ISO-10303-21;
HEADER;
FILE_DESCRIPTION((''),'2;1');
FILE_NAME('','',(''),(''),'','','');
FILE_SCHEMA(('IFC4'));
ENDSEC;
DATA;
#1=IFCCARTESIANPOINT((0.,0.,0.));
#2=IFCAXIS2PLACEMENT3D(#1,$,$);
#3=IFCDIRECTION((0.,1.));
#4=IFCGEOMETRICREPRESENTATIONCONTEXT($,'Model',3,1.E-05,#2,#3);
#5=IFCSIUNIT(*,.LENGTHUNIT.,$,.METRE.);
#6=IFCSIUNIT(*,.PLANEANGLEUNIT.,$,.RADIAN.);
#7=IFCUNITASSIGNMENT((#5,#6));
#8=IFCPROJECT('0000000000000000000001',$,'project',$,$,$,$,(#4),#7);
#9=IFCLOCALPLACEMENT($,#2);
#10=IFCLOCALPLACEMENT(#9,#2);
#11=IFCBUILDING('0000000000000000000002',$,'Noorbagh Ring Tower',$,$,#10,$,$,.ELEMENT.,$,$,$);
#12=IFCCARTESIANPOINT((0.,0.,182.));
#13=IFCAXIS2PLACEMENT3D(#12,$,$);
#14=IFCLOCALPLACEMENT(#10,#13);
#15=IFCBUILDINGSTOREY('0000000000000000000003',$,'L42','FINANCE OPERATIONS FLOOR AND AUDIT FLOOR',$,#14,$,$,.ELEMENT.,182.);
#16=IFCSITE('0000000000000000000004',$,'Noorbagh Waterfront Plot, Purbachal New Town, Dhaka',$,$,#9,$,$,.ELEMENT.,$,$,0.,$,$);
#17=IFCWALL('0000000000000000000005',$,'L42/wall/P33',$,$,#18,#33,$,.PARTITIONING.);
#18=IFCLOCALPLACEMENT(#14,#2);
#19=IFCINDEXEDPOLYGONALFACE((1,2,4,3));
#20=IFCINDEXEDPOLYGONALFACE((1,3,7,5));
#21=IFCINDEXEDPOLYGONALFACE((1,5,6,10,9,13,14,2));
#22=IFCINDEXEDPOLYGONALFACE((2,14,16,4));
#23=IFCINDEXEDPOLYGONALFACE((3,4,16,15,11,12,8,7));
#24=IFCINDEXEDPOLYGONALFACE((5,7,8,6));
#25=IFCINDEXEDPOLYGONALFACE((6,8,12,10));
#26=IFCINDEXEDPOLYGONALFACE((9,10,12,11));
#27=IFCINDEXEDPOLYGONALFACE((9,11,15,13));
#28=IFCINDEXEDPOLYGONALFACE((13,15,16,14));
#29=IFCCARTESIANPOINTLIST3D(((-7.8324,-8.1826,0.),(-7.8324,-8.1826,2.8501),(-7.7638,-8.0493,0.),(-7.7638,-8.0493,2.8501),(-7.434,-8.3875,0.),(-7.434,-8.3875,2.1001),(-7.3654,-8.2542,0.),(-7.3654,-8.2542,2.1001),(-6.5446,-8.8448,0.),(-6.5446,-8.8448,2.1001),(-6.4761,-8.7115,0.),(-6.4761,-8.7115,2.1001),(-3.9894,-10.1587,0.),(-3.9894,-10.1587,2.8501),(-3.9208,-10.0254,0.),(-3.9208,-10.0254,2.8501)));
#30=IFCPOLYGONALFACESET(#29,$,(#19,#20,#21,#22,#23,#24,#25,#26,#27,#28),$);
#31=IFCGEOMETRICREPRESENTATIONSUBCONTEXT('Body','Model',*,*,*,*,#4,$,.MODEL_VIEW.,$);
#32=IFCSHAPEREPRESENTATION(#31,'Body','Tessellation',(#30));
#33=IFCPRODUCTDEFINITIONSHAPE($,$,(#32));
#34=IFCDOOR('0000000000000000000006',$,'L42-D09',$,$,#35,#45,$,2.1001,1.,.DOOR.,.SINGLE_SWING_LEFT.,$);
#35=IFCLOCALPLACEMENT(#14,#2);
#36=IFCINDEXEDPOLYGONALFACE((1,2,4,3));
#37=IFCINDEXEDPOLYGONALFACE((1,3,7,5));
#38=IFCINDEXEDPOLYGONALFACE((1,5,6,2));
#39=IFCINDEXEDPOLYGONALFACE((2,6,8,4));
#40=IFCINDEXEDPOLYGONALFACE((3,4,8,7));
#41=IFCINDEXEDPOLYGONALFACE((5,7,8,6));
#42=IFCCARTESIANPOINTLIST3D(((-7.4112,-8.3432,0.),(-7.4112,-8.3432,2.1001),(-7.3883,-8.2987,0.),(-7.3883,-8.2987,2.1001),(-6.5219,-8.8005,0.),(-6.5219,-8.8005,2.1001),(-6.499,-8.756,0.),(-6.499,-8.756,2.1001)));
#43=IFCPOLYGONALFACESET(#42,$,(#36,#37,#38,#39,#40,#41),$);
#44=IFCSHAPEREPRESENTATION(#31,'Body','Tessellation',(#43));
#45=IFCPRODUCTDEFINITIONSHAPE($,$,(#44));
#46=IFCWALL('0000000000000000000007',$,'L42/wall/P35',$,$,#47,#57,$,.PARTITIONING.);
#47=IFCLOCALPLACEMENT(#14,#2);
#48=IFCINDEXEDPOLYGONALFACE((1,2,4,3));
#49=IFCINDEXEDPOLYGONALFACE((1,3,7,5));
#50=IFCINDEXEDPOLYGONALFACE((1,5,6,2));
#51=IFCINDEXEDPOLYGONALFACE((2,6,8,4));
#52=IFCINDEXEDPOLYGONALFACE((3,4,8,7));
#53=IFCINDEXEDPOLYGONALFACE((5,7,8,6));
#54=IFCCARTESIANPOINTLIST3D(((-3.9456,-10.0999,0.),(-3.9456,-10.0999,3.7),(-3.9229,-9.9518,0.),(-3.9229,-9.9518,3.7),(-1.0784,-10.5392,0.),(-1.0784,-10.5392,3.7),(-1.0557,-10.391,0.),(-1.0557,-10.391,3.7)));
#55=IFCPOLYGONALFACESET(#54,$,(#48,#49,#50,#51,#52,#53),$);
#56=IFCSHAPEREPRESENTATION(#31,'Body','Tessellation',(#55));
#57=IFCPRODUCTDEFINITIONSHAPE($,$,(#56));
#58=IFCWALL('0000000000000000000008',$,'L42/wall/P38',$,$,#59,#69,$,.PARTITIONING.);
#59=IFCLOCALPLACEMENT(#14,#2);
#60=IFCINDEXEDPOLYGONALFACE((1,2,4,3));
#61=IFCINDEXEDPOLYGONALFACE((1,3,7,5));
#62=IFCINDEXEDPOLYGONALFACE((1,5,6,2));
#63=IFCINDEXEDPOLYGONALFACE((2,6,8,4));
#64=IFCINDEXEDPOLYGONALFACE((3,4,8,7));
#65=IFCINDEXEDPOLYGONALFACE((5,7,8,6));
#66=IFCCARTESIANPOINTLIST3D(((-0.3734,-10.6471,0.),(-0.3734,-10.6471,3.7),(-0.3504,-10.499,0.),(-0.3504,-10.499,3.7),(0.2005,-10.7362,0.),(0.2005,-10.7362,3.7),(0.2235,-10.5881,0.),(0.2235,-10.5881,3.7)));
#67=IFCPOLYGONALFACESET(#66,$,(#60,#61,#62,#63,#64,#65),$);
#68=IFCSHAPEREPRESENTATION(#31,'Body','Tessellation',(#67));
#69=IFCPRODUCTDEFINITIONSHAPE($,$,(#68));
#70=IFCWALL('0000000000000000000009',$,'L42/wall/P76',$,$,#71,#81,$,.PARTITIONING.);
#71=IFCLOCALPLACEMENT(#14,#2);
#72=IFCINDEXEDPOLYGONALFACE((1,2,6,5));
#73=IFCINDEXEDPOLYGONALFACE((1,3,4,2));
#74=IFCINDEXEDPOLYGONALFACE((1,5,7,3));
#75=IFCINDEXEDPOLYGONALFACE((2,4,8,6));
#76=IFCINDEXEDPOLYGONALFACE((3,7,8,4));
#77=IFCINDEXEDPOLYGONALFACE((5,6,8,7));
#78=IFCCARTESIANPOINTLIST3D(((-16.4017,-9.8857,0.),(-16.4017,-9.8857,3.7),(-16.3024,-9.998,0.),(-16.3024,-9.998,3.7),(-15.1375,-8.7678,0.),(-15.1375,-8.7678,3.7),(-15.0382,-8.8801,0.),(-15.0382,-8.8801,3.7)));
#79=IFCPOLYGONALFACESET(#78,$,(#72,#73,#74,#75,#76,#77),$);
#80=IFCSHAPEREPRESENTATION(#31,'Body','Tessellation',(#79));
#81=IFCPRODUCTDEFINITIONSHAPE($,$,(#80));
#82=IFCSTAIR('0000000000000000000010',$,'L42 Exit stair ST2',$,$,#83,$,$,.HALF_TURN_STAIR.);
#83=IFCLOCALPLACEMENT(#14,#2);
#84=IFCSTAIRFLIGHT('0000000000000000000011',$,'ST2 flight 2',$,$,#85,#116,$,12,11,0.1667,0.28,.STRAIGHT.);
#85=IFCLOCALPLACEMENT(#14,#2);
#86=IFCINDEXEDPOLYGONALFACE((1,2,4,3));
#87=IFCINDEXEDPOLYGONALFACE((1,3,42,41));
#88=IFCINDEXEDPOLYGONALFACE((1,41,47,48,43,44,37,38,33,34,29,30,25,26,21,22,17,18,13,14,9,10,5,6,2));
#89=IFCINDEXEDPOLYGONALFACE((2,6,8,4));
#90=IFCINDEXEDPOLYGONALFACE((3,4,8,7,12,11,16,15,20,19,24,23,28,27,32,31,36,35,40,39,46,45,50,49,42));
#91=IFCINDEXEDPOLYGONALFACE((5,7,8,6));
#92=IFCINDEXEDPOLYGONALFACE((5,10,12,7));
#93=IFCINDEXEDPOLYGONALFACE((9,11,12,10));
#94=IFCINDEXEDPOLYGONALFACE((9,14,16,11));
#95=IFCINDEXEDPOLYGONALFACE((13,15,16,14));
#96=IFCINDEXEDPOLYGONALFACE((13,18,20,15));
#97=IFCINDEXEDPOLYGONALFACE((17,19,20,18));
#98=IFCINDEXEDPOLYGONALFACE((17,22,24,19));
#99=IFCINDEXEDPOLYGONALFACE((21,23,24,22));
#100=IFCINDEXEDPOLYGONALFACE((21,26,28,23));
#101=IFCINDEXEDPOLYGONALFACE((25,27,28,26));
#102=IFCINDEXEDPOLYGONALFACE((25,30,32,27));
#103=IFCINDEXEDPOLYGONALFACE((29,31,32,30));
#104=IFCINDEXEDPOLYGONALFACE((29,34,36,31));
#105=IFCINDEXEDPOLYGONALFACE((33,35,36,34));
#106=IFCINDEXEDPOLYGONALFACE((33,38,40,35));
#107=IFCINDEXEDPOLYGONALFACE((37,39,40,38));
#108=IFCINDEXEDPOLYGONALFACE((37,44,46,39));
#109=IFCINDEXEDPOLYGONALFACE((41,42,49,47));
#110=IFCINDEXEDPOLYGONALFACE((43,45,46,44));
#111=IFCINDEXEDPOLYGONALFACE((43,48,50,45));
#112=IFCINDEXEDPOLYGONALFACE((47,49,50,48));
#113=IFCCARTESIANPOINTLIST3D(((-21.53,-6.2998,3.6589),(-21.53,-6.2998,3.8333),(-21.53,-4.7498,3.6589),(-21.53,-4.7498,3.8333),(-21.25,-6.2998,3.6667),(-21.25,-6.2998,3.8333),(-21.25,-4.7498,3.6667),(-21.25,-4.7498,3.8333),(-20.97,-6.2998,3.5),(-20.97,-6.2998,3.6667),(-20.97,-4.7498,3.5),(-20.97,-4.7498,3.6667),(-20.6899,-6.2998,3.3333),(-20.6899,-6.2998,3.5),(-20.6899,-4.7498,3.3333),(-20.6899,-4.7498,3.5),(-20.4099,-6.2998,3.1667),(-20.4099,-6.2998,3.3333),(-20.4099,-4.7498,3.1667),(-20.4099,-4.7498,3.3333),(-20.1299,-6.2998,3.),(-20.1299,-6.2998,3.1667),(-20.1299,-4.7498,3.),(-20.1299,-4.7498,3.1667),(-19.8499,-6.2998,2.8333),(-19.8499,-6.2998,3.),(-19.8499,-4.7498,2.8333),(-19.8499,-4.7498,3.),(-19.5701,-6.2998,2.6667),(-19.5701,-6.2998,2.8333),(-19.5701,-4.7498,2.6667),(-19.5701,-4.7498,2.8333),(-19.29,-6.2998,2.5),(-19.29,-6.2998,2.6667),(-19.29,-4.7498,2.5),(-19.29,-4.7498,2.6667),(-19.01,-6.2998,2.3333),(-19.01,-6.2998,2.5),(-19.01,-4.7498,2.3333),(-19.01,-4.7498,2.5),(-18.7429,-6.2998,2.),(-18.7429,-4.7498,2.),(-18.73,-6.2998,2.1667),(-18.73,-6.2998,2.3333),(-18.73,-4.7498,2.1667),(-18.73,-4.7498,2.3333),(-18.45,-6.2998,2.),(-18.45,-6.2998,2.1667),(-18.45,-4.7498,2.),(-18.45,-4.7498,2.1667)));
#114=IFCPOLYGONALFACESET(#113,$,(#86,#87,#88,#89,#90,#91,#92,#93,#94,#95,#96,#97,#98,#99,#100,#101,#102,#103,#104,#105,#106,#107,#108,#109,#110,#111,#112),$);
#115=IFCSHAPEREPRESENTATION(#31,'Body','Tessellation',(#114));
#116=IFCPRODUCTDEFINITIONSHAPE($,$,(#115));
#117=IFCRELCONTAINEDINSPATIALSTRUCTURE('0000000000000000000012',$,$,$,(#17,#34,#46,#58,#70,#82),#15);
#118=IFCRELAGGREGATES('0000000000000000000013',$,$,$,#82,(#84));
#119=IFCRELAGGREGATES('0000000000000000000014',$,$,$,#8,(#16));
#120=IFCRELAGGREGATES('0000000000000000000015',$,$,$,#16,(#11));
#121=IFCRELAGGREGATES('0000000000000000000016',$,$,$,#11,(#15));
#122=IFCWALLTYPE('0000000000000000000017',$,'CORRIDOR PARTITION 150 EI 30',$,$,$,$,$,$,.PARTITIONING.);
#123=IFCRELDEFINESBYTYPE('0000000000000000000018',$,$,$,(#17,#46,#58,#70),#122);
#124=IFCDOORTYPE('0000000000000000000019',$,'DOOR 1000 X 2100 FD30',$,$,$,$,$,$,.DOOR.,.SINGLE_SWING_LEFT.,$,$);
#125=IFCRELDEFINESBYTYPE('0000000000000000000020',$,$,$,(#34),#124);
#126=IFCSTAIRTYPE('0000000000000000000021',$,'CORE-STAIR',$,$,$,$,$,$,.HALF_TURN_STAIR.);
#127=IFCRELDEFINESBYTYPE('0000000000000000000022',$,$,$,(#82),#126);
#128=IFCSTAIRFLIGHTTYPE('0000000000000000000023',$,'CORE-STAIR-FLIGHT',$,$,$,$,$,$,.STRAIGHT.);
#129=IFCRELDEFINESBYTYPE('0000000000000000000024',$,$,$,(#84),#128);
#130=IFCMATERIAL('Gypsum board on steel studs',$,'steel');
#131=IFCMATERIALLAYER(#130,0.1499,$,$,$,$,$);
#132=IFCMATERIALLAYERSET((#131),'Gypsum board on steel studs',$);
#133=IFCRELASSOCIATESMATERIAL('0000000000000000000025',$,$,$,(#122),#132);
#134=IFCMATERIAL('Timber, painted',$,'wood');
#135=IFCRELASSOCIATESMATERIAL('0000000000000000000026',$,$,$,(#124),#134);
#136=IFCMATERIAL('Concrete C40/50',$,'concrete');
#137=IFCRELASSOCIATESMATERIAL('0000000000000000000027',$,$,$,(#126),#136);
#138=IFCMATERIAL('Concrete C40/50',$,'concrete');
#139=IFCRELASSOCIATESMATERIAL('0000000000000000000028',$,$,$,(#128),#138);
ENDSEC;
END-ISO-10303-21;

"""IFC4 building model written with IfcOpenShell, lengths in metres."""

from ifc_helpers import new_model, si_unit, direction, frame, frame_2d, origin, place, context, subcontext, project, spatial, polyline, rectangle, outline, extrude, material, layer, layer_set, type_object, element, fill, aggregate, save


model = new_model("IFC4")

# Units and contexts
model_context = context("Model", 3, precision=1e-05, world=origin(), true_north=direction((0.0, 1.0)))
body_context = subcontext(model_context, "Body", "Model", "MODEL_VIEW")
ifc_project = project(units=[si_unit("LENGTHUNIT", "METRE"), si_unit("PLANEANGLEUNIT", "RADIAN")], contexts=[model_context])

# Site, building, storey
site_placement = place(None, origin())
site = spatial("IfcSite", under=ifc_project, at=site_placement, Name="Noorbagh Waterfront Plot, Purbachal New Town, Dhaka", CompositionType="ELEMENT", RefElevation=0.0)
building_placement = place(site_placement, origin())
building = spatial("IfcBuilding", under=site, at=building_placement, Name="Noorbagh Ring Tower", CompositionType="ELEMENT")
storey_placement = place(building_placement, frame((0.0, 0.0, 182.0)))
storey = spatial("IfcBuildingStorey", under=building, at=storey_placement, Name="L42", Description="FINANCE OPERATIONS FLOOR AND AUDIT FLOOR", CompositionType="ELEMENT", Elevation=182.0)

# Shared definitions
ifc_material_1 = material(Name="Gypsum board on steel studs", Category="steel")
ifc_layer_1 = layer(ifc_material_1, 0.1499)
ifc_layer_set_1 = layer_set([ifc_layer_1], Name="Gypsum board on steel studs")
wall_type_1 = type_object("IfcWallType", Name="CORRIDOR PARTITION 150 EI 30", PredefinedType="PARTITIONING", material=ifc_layer_set_1)

# Shared definitions
ifc_material_2 = material(Name="Timber, painted", Category="wood")
door_type_1 = type_object("IfcDoorType", Name="DOOR 1000 X 2100 FD30", OperationType="SINGLE_SWING_LEFT", PredefinedType="DOOR", material=ifc_material_2)

# Wall, opening, door
wall_1_placement = place(storey_placement, frame((-7.7981, -8.116, 0.0), z_axis=(0.0, 0.0, 1.0), x_axis=(0.889319, -0.457287, 0.0)))
wall_1 = element("IfcWall", 1, at=wall_1_placement, inside=storey, type_object=wall_type_1, Name="L42/wall/P33", PredefinedType="PARTITIONING", context=body_context, shape_type="SweptSolid", body=[
    extrude(rectangle(XDim=4.3213, YDim=0.1499, at=frame_2d((2.1606, 0.0))), origin(), (0.0, 0.0, 1.0), 2.8501),
])
opening_1_placement = place(wall_1_placement, frame((0.448, 0.0, 0.0)))
opening_1 = element("IfcOpeningElement", 2, at=opening_1_placement, cuts=wall_1, PredefinedType="OPENING", context=body_context, shape_type="SweptSolid", body=[
    extrude(rectangle(XDim=1.0, YDim=2.1001, at=frame_2d((0.5, 1.05))), frame((0.0, 0.085, 0.0), z_axis=(0.0, -1.0, 0.0), x_axis=(1.0, 0.0, 0.0)), (0.0, 0.0, 1.0), 0.1699),
])
door_1_placement = place(opening_1_placement, origin())
door_1 = element("IfcDoor", 3, at=door_1_placement, inside=storey, type_object=door_type_1, Name="L42-D09", OperationType="SINGLE_SWING_LEFT", OverallHeight=2.1001, OverallWidth=1.0, PredefinedType="DOOR", context=body_context, shape_type="SweptSolid", body=[
    extrude(rectangle(XDim=1.0, YDim=2.1001, at=frame_2d((0.5, 1.05))), frame((0.0, 0.0249, 0.0), z_axis=(0.0, -1.0, 0.0), x_axis=(1.0, 0.0, 0.0)), (0.0, 0.0, 1.0), 0.05),
])
fill(opening_1, door_1)

# Walls
wall_2_placement = place(storey_placement, frame((-3.9341, -10.0259, 0.0), z_axis=(0.0, 0.0, 1.0), x_axis=(0.98847, -0.151418, 0.0)))
element("IfcWall", 4, at=wall_2_placement, inside=storey, type_object=wall_type_1, Name="L42/wall/P35", PredefinedType="PARTITIONING", context=body_context, shape_type="SweptSolid", body=[
    extrude(rectangle(XDim=2.9006, YDim=0.1499, at=frame_2d((1.4502, 0.0))), origin(), (0.0, 0.0, 1.0), 3.7),
])
wall_3_placement = place(storey_placement, frame((-0.3621, -10.573, 0.0), z_axis=(0.0, 0.0, 1.0), x_axis=(0.988162, -0.153415, 0.0)))
element("IfcWall", 5, at=wall_3_placement, inside=storey, type_object=wall_type_1, Name="L42/wall/P38", PredefinedType="PARTITIONING", context=body_context, shape_type="SweptSolid", body=[
    extrude(rectangle(XDim=0.5808, YDim=0.1499, at=frame_2d((0.2905, 0.0))), origin(), (0.0, 0.0, 1.0), 3.7),
])
wall_4_placement = place(storey_placement, frame((-15.0879, -8.824, 0.0), z_axis=(0.0, 0.0, 1.0), x_axis=(-0.749107, -0.662449, 0.0)))
element("IfcWall", 6, at=wall_4_placement, inside=storey, type_object=wall_type_1, Name="L42/wall/P76", PredefinedType="PARTITIONING", context=body_context, shape_type="SweptSolid", body=[
    extrude(rectangle(XDim=1.6875, YDim=0.1499, at=frame_2d((0.8438, 0.0))), origin(), (0.0, 0.0, 1.0), 3.7),
])

# Stair, stair flight
ifc_material_3 = material(Name="Concrete C40/50", Category="concrete")
stair_type = type_object("IfcStairType", Name="CORE-STAIR", PredefinedType="HALF_TURN_STAIR", material=ifc_material_3)
stair_placement = place(storey_placement, origin())
stair = element("IfcStair", 7, at=stair_placement, inside=storey, type_object=stair_type, Name="L42 Exit stair ST2", PredefinedType="HALF_TURN_STAIR")
ifc_material_4 = material(Name="Concrete C40/50", Category="concrete")
stair_flight_type = type_object("IfcStairFlightType", Name="CORE-STAIR-FLIGHT", PredefinedType="STRAIGHT", material=ifc_material_4)
stair_flight_placement = place(storey_placement, frame((-18.45, -5.5249, 2.0), z_axis=(0.0, 0.0, 1.0), x_axis=(-1.0, 0.0, 0.0)))
stair_flight = element("IfcStairFlight", 8, at=stair_flight_placement, type_object=stair_flight_type, Name="ST2 flight 2", NumberOfRisers=12, NumberOfTreads=11, PredefinedType="STRAIGHT", RiserHeight=0.1667, TreadLength=0.28, context=body_context, shape_type="SweptSolid", body=[
    extrude(outline(polyline([(0.0, 0.0), (0.0, 0.1667), (0.28, 0.1667), (0.28, 0.3333), (0.5601, 0.3333), (0.5601, 0.5), (0.8401, 0.5), (0.8401, 0.6667), (1.1201, 0.6667), (1.1201, 0.8333), (1.3999, 0.8333), (1.3999, 1.0), (1.6799, 1.0), (1.6799, 1.1667), (1.96, 1.1667), (1.96, 1.3333), (2.24, 1.3333), (2.24, 1.5), (2.52, 1.5), (2.52, 1.6667), (2.8, 1.6667), (2.8, 1.8333), (3.0801, 1.8333), (3.0801, 2.0), (3.0801, 1.6589), (0.293, 0.0), (0.0, 0.0)])), frame((0.0, 0.7749, 0.0), z_axis=(0.0, -1.0, 0.0), x_axis=(1.0, 0.0, 0.0)), (0.0, 0.0, 1.0), 1.55),
])
aggregate(stair, [stair_flight])

save(model, "model.ifc")
